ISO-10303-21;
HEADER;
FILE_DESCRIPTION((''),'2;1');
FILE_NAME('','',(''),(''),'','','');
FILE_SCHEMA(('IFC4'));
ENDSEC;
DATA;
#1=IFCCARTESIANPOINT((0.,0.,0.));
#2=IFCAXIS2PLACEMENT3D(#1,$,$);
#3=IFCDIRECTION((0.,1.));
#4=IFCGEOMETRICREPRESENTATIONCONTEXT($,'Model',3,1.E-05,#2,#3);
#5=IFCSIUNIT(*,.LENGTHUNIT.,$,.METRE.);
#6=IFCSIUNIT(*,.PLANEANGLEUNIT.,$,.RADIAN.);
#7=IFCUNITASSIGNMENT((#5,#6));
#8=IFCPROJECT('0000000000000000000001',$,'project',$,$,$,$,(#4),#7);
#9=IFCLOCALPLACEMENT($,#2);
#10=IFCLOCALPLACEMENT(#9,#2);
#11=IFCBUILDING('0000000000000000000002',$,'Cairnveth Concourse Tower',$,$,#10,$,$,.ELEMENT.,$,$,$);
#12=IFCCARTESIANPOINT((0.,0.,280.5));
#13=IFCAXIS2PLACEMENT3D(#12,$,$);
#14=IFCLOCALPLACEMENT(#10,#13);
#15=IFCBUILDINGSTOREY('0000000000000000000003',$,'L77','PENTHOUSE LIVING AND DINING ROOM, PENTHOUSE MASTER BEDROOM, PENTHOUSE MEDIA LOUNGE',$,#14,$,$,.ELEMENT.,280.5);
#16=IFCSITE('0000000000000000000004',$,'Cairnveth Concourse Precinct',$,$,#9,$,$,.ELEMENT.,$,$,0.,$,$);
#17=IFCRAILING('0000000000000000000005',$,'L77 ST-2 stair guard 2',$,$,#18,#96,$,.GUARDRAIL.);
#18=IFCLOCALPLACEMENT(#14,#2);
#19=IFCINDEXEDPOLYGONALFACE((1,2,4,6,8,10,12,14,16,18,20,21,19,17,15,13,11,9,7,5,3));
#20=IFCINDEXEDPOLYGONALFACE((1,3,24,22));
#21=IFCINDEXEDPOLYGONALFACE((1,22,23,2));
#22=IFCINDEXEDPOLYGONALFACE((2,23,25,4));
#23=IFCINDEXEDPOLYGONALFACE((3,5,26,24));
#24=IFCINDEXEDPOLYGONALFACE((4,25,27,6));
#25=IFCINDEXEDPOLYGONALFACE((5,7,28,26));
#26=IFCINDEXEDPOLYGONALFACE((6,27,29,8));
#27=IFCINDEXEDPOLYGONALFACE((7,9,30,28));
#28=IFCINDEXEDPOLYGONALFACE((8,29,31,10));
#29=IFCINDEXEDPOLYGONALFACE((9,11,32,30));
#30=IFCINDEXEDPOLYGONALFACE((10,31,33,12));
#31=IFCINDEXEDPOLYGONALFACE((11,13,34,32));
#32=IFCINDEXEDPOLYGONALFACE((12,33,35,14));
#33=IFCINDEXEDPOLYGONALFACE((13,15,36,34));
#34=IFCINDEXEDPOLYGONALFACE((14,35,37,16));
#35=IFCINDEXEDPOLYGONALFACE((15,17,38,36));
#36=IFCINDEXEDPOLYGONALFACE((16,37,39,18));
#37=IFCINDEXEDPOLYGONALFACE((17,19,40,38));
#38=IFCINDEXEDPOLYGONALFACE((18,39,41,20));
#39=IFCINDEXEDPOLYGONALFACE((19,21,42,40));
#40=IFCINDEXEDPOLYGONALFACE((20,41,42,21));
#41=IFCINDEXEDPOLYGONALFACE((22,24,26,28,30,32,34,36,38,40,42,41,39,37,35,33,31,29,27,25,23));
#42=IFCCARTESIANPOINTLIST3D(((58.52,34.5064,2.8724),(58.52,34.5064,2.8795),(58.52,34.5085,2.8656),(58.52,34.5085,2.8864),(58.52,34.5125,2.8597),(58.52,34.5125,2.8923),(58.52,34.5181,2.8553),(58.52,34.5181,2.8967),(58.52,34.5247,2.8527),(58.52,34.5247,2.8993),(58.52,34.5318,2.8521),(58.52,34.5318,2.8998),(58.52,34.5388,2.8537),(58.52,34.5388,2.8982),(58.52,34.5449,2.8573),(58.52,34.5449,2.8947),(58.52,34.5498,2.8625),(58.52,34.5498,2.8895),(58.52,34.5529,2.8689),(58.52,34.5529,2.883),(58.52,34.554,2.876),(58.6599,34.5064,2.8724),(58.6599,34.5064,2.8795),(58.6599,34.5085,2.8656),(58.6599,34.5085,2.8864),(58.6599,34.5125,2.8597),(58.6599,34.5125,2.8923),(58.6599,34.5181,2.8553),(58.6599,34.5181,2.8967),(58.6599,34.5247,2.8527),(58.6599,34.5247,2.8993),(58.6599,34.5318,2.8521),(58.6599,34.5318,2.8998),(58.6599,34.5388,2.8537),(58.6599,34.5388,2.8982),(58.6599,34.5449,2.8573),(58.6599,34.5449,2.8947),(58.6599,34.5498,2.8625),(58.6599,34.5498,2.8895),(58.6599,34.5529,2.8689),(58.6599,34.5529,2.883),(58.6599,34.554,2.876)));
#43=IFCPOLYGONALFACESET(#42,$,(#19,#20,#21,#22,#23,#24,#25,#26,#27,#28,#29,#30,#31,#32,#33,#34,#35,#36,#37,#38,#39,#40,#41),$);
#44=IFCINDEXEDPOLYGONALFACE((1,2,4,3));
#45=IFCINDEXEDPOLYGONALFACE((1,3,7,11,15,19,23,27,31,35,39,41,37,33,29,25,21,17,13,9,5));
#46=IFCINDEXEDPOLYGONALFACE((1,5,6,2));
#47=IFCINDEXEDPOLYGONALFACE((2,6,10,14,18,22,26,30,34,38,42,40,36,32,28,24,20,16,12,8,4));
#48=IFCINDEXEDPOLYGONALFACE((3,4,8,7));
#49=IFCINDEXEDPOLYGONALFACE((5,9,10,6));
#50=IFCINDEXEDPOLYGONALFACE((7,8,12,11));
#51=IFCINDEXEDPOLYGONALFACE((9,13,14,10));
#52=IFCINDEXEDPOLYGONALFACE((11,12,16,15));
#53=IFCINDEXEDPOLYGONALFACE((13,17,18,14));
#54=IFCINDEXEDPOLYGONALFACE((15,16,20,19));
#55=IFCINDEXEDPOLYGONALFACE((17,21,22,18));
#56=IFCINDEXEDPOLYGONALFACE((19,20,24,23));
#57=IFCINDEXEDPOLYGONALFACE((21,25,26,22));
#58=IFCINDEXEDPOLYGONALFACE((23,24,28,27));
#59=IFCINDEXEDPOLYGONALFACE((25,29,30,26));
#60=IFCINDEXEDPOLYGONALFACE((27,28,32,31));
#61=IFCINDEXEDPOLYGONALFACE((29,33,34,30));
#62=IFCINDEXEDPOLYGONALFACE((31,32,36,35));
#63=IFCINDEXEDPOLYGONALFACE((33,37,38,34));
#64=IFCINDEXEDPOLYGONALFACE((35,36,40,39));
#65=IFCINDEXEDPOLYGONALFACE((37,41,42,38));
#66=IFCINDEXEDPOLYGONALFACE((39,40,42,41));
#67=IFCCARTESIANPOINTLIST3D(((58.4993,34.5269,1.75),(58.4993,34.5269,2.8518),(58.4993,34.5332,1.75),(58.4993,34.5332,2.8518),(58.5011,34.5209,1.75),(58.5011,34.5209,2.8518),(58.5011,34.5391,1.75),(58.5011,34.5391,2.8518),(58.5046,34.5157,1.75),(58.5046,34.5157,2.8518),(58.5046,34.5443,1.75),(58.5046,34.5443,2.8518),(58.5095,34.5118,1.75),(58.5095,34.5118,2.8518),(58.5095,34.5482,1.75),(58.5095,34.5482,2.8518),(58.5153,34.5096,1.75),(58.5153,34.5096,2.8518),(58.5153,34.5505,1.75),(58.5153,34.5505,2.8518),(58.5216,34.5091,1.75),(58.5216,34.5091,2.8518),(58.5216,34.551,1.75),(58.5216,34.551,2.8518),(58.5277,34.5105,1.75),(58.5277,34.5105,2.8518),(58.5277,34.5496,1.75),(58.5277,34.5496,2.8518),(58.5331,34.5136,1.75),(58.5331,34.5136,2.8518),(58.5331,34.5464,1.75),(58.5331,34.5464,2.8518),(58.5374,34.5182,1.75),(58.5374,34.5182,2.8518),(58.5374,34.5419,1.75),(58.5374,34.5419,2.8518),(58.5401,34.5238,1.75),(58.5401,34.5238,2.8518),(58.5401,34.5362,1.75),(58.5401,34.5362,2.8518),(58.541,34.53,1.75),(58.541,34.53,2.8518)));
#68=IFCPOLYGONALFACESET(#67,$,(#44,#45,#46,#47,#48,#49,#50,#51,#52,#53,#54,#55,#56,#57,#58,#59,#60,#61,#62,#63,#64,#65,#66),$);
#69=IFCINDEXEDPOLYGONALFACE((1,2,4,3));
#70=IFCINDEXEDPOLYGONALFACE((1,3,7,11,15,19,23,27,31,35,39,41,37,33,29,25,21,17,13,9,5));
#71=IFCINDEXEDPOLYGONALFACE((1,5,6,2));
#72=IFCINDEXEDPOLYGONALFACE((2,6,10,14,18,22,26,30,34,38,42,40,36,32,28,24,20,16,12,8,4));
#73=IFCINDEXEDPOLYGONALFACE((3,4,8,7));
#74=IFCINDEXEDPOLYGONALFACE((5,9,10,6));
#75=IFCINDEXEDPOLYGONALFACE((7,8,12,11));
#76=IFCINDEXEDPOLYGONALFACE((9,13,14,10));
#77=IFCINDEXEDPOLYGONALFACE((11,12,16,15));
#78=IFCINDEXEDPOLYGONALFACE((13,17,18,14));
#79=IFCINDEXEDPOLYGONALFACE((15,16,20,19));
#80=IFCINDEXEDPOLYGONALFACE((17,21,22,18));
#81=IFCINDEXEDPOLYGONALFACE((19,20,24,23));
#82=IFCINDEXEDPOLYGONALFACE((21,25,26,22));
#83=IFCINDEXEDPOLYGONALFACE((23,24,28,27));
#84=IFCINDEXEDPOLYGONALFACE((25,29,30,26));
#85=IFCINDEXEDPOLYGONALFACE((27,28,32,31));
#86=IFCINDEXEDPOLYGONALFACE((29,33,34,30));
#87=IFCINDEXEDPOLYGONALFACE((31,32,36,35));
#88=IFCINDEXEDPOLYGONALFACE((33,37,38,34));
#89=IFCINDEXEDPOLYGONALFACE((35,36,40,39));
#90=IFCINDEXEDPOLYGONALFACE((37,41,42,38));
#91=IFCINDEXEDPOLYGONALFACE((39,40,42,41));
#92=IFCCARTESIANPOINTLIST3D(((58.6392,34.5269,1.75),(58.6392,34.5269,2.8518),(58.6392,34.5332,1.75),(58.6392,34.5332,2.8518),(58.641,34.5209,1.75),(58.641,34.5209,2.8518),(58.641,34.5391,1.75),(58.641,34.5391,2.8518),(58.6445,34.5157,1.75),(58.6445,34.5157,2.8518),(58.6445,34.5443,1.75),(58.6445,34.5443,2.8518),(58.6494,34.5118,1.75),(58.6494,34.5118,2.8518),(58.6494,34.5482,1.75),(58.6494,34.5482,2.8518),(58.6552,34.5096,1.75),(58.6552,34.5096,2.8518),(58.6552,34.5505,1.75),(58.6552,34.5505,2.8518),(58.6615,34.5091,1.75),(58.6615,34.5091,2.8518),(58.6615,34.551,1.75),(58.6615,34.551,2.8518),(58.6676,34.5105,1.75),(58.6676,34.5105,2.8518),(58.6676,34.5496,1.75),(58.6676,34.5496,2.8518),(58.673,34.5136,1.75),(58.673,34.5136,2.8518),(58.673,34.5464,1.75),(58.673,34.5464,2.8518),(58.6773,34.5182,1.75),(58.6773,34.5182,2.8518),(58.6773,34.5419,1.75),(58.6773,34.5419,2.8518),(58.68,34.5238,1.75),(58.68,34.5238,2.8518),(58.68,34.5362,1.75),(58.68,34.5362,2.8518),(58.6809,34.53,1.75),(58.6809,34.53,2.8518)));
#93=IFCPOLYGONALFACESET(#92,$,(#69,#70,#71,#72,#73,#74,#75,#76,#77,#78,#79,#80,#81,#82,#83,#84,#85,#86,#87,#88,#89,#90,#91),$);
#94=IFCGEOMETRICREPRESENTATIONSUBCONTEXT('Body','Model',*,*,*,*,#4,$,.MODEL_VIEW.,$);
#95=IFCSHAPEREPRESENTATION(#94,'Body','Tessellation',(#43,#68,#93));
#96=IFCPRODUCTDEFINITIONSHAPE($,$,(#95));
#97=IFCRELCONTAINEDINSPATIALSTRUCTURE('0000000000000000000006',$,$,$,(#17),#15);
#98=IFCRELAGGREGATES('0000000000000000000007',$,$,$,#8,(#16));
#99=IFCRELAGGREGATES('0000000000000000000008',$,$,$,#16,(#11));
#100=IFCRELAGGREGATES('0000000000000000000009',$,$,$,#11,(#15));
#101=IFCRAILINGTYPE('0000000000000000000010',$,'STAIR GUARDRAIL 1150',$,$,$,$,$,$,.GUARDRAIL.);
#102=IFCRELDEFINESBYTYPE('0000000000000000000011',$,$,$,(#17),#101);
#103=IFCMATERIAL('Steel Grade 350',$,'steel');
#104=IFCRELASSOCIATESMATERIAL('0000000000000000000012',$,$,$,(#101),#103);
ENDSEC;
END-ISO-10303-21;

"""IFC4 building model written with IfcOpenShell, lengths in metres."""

from ifc_helpers import new_model, si_unit, direction, frame, origin, origin_2d, place, context, subcontext, project, spatial, circle, extrude, material, type_object, element, save


model = new_model("IFC4")

# Units and contexts
model_context = context("Model", 3, precision=1e-05, world=origin(), true_north=direction((0.0, 1.0)))
body_context = subcontext(model_context, "Body", "Model", "MODEL_VIEW")
ifc_project = project(units=[si_unit("LENGTHUNIT", "METRE"), si_unit("PLANEANGLEUNIT", "RADIAN")], contexts=[model_context])

# Site, building, storey
site_placement = place(None, origin())
site = spatial("IfcSite", under=ifc_project, at=site_placement, Name="Cairnveth Concourse Precinct", CompositionType="ELEMENT", RefElevation=0.0)
building_placement = place(site_placement, origin())
building = spatial("IfcBuilding", under=site, at=building_placement, Name="Cairnveth Concourse Tower", CompositionType="ELEMENT")
storey_placement = place(building_placement, frame((0.0, 0.0, 280.5)))
storey = spatial("IfcBuildingStorey", under=building, at=storey_placement, Name="L77", Description="PENTHOUSE LIVING AND DINING ROOM, PENTHOUSE MASTER BEDROOM, PENTHOUSE MEDIA LOUNGE", CompositionType="ELEMENT", Elevation=280.5)

# Shared definitions
ifc_material_1 = material(Name="Steel Grade 350", Category="steel")

# Railing
railing_type_1 = type_object("IfcRailingType", Name="STAIR GUARDRAIL 1150", PredefinedType="GUARDRAIL", material=ifc_material_1)
railing_1_placement = place(storey_placement, frame((58.52, 34.53, 1.75)))
element("IfcRailing", 1, at=railing_1_placement, inside=storey, type_object=railing_type_1, Name="L77 ST-2 stair guard 2", PredefinedType="GUARDRAIL", context=body_context, shape_type="SweptSolid", body=[
    extrude(circle(Radius=0.0239, at=origin_2d()), frame((0.0, 0.0, 1.126), z_axis=(1.0, 0.0, 0.0), x_axis=(0.0, 1.0, 0.0)), (0.0, 0.0, 1.0), 0.1399),
    extrude(circle(Radius=0.021, at=origin_2d()), origin(), (0.0, 0.0, 1.0), 1.1018),
    extrude(circle(Radius=0.021, at=origin_2d()), frame((0.1399, 0.0, 0.0)), (0.0, 0.0, 1.0), 1.1018),
])

save(model, "model.ifc")
